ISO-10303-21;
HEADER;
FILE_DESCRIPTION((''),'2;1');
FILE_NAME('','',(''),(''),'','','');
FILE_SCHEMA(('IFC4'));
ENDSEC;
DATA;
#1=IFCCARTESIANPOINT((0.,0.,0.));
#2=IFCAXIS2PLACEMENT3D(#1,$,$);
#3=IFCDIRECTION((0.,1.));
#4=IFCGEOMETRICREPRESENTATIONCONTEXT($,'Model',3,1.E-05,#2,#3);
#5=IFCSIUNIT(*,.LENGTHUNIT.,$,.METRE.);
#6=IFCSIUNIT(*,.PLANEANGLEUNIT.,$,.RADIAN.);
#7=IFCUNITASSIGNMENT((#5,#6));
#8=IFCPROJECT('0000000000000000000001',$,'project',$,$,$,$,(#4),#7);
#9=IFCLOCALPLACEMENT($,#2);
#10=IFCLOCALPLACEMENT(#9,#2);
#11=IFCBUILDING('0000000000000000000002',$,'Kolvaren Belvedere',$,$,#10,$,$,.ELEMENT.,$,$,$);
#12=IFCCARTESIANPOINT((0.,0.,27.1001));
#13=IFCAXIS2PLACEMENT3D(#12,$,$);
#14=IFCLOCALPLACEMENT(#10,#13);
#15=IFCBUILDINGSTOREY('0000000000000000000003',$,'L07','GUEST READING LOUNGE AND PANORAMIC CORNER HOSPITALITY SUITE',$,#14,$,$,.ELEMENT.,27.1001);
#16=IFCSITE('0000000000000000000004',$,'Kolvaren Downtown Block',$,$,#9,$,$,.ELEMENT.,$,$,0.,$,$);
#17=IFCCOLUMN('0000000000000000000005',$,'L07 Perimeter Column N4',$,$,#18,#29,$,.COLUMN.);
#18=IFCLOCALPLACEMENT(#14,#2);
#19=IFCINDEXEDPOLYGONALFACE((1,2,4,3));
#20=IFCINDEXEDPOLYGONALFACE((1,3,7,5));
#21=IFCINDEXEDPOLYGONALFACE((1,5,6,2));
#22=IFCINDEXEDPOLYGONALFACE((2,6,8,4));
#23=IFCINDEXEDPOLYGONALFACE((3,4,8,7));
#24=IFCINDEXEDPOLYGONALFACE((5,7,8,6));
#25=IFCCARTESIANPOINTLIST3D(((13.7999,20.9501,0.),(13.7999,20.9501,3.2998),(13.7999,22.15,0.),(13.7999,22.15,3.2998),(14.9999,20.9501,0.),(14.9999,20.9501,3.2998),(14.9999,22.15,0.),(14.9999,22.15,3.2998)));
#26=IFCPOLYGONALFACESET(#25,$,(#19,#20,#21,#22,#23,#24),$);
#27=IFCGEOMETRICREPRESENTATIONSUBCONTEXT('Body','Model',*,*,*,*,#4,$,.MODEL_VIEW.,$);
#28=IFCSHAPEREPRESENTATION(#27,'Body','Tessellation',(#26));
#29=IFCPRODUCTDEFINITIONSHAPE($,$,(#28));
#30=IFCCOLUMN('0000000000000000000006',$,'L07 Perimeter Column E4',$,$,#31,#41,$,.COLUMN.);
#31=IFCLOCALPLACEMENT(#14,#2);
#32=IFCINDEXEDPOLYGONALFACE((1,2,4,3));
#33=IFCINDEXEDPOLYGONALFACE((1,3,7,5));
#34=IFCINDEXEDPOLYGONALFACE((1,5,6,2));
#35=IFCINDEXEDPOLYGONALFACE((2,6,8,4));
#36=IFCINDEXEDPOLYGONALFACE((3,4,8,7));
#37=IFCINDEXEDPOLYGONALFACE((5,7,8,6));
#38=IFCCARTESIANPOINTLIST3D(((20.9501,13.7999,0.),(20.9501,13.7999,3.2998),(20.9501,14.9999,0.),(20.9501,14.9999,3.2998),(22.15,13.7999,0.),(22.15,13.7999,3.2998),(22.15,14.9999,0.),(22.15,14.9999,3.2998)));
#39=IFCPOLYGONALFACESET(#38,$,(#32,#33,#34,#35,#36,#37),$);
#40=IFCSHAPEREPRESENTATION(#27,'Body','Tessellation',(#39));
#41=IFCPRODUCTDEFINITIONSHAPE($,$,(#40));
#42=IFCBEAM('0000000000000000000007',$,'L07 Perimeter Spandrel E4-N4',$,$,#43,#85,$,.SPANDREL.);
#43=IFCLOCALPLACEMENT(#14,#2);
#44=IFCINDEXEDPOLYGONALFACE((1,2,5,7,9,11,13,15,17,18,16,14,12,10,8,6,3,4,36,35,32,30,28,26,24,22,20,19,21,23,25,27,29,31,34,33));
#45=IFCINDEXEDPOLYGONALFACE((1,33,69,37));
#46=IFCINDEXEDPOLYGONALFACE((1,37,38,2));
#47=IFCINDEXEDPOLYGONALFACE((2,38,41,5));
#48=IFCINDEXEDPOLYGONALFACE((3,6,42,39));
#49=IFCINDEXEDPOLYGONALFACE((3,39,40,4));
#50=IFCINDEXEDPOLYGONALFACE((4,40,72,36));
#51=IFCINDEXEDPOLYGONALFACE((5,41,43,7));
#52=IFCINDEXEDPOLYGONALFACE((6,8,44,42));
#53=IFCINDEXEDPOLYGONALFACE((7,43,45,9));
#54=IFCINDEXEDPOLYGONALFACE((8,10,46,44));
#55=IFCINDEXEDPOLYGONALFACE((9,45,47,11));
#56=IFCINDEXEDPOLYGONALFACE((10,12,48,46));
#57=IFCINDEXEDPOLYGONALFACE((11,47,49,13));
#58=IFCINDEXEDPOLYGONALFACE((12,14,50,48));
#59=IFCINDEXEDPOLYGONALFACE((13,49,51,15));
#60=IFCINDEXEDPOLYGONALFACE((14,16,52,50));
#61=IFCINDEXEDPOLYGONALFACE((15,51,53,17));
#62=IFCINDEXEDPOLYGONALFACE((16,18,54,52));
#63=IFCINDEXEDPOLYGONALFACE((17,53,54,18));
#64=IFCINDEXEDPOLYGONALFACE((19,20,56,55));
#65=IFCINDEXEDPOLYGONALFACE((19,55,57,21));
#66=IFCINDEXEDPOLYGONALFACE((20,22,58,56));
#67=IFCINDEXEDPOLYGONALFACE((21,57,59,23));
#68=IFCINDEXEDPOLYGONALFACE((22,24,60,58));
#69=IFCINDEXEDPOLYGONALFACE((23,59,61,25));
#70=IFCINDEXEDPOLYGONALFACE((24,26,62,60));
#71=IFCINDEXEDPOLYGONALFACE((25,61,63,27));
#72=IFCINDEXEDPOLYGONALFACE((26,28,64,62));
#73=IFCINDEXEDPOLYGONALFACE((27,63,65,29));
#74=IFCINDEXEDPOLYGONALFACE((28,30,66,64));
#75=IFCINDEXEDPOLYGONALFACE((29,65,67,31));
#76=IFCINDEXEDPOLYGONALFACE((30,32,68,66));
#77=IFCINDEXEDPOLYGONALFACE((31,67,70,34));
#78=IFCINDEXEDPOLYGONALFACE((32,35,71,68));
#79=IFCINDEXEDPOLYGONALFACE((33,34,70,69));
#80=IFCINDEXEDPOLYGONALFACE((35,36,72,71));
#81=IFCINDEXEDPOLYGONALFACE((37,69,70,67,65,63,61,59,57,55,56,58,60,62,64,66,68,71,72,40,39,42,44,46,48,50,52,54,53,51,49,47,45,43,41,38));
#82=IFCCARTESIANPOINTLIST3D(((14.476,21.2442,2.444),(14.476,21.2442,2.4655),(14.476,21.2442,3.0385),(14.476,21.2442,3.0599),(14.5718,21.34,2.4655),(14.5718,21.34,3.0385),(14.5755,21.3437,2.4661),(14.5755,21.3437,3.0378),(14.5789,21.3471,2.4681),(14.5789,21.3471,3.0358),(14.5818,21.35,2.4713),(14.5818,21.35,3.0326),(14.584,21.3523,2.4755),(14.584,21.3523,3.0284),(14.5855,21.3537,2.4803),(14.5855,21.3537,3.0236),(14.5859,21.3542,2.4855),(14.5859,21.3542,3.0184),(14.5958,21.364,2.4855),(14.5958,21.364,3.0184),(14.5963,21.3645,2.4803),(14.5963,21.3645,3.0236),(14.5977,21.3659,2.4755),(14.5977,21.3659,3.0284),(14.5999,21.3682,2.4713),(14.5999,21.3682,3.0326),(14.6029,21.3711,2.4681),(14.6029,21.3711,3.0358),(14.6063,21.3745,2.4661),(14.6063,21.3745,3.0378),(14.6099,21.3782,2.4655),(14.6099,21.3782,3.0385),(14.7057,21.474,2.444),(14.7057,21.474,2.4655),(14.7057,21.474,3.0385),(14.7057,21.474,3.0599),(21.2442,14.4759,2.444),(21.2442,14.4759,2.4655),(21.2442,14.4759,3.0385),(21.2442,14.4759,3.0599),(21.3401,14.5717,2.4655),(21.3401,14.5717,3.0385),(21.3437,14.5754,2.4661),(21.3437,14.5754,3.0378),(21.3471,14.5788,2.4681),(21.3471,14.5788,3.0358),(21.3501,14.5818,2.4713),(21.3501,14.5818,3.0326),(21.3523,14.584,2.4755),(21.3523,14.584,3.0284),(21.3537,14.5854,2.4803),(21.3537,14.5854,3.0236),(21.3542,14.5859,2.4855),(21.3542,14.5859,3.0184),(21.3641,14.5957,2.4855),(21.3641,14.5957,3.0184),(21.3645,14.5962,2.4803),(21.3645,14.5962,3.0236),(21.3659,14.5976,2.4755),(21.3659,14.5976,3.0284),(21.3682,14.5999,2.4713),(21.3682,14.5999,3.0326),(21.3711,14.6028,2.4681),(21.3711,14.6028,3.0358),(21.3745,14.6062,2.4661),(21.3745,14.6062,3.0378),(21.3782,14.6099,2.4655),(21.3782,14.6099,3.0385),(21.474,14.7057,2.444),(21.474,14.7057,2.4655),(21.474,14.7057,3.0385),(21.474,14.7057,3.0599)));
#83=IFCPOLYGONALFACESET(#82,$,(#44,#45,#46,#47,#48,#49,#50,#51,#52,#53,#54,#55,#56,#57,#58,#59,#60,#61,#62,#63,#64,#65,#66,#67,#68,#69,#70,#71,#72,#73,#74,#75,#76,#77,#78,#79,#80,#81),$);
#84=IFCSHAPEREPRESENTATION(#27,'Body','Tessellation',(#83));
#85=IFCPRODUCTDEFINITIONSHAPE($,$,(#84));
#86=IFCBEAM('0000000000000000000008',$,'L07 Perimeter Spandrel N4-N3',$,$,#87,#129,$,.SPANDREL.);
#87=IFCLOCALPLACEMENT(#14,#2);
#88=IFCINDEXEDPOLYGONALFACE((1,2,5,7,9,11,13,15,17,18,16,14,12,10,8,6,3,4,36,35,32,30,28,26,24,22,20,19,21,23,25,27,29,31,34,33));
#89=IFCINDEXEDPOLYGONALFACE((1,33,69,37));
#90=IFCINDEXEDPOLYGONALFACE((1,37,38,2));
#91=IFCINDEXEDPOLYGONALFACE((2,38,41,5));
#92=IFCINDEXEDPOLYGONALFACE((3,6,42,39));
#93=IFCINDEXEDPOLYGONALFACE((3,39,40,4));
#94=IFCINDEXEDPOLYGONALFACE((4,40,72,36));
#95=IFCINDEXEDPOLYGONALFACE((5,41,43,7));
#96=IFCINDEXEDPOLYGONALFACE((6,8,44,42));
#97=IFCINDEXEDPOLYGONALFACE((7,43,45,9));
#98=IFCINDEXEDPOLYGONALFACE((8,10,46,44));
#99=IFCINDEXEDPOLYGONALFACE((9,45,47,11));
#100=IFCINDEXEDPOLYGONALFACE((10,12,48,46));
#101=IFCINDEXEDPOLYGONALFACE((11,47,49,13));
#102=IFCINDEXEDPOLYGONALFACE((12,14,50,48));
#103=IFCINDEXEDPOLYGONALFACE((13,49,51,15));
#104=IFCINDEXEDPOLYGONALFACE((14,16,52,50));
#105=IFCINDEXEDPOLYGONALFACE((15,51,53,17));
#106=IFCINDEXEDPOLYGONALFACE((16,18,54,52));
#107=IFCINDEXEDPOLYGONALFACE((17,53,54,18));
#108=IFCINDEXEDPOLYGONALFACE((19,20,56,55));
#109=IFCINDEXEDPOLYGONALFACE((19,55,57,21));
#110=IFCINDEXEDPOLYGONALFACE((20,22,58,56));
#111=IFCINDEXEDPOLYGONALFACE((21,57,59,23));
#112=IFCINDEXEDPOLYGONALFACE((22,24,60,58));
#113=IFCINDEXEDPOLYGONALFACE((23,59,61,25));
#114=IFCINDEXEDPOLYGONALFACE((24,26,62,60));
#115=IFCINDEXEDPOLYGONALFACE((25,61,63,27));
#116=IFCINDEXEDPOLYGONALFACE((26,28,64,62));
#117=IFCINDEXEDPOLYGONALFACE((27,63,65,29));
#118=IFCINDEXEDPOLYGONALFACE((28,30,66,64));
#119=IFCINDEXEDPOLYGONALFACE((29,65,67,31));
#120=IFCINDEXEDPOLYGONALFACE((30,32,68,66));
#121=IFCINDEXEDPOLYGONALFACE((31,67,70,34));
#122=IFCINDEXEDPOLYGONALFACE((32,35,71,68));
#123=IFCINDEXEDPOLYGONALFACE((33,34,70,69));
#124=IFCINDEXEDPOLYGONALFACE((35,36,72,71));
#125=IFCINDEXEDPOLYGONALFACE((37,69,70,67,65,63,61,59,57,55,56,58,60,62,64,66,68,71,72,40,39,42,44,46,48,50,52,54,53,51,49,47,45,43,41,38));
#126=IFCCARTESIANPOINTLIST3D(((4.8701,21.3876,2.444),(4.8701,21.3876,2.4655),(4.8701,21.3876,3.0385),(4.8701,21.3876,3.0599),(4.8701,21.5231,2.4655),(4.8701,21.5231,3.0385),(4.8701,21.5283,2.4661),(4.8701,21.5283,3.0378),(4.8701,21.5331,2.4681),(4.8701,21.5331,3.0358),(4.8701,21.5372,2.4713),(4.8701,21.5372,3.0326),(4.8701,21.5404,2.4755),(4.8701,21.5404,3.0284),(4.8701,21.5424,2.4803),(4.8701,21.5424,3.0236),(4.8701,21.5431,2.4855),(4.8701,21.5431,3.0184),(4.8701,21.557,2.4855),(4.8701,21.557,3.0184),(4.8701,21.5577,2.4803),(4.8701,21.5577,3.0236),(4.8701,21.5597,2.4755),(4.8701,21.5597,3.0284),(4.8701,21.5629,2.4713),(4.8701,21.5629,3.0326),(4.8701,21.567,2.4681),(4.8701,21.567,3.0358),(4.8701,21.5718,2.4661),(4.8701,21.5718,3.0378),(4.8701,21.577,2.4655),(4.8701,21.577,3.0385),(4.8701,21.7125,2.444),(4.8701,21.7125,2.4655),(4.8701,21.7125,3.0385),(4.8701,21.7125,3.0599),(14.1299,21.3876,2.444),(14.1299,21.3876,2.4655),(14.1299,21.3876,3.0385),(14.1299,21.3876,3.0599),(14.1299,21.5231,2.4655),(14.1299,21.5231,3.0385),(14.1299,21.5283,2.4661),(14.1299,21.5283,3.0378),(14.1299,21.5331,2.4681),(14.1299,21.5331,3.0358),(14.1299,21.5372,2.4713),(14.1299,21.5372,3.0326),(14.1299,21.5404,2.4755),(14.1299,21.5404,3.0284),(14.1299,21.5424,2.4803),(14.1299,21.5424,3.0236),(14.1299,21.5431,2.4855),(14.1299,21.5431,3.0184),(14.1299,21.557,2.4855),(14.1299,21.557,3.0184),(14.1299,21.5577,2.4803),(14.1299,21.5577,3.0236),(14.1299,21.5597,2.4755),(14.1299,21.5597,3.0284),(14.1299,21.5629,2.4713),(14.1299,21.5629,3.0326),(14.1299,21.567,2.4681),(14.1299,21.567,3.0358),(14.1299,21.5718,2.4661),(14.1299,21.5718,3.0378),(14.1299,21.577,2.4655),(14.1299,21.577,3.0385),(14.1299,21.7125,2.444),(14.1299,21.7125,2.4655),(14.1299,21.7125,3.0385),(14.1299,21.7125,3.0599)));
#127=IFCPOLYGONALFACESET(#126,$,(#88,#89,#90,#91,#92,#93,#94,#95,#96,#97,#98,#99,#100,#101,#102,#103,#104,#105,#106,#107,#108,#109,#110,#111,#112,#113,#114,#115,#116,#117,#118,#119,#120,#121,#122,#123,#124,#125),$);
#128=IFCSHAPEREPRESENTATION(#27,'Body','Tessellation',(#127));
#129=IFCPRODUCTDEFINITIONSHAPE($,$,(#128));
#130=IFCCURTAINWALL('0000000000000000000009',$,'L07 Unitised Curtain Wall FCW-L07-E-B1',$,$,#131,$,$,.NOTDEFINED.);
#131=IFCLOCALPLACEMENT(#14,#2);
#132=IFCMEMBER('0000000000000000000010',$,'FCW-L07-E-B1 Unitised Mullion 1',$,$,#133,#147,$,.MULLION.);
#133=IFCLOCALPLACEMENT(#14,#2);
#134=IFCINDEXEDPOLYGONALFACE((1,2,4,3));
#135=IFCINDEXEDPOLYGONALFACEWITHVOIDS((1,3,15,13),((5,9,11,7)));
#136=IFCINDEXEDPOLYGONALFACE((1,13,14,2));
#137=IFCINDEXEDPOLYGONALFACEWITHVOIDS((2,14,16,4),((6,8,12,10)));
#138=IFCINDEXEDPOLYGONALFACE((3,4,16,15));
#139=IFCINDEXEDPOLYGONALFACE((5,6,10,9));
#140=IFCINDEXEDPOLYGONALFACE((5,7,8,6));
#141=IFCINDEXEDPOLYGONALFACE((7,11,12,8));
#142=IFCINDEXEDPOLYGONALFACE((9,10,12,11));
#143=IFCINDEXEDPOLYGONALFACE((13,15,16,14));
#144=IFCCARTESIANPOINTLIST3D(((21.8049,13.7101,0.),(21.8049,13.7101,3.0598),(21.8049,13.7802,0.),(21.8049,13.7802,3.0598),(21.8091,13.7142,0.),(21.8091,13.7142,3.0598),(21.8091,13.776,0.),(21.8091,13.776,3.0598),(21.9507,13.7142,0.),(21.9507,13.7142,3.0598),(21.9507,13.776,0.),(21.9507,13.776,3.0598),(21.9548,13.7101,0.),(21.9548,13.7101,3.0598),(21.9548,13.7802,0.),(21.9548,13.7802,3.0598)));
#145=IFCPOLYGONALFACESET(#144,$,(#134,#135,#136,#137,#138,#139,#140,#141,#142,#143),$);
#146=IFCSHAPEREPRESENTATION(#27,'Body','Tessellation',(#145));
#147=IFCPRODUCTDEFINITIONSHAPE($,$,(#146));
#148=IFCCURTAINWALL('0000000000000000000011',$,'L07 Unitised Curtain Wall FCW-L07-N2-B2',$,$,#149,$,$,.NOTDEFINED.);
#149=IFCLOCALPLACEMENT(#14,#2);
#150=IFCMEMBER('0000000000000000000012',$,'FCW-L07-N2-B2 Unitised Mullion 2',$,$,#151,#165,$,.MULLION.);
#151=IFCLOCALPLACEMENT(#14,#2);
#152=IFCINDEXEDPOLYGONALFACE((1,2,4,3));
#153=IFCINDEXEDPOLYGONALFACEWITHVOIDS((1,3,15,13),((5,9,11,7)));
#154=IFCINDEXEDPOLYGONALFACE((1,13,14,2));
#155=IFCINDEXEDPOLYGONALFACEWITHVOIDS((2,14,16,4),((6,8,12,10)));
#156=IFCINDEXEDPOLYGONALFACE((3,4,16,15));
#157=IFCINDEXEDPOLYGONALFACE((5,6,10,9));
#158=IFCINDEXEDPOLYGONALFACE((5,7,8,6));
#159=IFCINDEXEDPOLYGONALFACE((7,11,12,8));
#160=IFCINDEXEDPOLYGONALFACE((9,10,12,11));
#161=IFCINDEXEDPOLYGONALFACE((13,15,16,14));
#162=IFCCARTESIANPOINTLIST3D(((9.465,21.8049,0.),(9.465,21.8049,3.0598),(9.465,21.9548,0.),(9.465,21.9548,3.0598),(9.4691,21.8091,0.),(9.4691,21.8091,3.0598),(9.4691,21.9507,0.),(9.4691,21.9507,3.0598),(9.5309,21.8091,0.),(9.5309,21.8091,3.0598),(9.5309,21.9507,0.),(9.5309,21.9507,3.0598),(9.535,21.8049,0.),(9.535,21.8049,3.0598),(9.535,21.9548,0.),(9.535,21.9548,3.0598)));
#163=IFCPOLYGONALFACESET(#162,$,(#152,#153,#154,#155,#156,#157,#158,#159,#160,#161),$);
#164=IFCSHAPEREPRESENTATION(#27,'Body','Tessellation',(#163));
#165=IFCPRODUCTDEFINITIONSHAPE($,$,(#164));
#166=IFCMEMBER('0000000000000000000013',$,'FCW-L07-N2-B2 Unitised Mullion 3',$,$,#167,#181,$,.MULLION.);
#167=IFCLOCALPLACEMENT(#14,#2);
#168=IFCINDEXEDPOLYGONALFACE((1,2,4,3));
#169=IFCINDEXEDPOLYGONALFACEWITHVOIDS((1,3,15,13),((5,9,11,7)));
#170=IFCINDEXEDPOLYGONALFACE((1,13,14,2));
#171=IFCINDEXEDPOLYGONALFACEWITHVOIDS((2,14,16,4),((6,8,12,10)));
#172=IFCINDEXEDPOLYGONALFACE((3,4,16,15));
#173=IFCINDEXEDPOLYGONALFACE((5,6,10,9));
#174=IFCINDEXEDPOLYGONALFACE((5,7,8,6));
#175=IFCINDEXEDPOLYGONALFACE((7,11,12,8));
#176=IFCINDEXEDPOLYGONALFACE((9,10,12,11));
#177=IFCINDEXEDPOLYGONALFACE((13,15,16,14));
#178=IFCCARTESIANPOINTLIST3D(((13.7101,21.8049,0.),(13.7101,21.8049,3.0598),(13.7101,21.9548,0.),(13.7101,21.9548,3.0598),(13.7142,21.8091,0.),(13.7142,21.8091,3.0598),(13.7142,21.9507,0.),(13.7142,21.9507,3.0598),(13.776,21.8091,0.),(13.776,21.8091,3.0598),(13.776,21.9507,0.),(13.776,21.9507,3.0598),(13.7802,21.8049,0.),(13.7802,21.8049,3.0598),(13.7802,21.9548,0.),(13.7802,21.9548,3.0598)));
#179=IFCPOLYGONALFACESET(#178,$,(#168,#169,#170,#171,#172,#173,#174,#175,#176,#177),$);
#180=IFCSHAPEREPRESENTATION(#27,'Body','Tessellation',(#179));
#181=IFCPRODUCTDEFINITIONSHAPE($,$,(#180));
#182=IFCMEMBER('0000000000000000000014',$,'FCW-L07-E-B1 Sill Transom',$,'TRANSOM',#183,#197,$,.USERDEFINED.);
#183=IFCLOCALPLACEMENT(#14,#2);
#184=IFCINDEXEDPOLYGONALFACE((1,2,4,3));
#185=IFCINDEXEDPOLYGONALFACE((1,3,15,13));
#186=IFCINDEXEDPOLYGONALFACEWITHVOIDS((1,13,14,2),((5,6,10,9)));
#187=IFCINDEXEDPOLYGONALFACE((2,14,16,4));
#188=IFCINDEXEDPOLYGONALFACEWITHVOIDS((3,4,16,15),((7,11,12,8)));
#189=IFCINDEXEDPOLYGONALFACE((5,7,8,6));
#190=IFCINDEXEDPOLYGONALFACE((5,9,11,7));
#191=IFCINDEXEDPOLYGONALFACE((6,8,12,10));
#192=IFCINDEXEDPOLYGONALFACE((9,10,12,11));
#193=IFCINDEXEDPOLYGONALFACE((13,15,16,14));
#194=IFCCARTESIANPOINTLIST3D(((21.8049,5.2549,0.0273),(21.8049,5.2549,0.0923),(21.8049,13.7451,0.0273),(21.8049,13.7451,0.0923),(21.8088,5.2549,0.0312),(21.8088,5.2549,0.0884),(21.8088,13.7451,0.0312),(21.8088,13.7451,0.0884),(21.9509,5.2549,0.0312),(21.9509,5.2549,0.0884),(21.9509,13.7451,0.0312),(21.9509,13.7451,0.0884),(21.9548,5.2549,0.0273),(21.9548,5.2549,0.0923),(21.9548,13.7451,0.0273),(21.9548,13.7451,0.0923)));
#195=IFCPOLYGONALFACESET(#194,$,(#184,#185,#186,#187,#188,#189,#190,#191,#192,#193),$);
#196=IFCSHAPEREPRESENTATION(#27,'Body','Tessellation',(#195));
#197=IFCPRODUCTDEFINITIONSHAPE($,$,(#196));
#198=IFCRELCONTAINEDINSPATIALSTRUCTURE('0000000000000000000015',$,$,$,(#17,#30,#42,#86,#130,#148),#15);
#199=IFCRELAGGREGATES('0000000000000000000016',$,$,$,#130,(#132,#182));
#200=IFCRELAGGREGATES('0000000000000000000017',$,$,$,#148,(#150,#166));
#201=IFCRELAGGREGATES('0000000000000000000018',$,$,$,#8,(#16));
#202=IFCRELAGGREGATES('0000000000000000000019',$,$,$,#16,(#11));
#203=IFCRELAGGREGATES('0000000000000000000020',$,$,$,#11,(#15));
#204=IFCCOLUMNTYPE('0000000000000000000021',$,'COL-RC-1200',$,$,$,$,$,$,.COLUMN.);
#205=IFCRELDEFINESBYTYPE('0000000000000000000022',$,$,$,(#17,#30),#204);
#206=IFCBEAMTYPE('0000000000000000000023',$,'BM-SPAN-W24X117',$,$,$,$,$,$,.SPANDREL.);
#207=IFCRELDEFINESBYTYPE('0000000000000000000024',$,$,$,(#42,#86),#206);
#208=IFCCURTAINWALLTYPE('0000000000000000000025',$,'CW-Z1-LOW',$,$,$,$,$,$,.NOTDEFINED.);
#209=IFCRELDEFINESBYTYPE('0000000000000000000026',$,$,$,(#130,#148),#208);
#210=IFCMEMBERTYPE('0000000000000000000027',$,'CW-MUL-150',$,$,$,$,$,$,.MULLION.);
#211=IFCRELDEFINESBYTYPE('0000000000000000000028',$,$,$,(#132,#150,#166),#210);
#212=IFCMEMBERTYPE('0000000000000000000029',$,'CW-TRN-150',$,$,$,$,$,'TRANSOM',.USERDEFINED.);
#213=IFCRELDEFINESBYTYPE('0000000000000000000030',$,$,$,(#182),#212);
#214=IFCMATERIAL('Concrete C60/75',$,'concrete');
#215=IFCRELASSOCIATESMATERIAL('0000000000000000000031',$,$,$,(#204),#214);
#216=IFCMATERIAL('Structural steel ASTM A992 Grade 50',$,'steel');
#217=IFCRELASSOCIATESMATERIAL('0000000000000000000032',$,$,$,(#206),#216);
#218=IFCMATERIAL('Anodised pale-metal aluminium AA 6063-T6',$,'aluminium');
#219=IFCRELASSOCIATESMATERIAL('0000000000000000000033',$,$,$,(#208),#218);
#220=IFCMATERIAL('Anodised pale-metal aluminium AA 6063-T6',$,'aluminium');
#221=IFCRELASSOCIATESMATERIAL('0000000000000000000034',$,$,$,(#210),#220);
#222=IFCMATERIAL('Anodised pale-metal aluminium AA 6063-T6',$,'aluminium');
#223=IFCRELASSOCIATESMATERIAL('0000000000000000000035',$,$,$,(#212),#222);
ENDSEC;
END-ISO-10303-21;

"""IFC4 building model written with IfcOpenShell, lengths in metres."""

from ifc_helpers import new_model, si_unit, direction, frame, origin, origin_2d, place, context, subcontext, project, spatial, rectangle, hollow_rectangle, i_section, extrude, material, material_profile, profile_set, type_object, element, aggregate, save


model = new_model("IFC4")

# Units and contexts
model_context = context("Model", 3, precision=1e-05, world=origin(), true_north=direction((0.0, 1.0)))
body_context = subcontext(model_context, "Body", "Model", "MODEL_VIEW")
ifc_project = project(units=[si_unit("LENGTHUNIT", "METRE"), si_unit("PLANEANGLEUNIT", "RADIAN")], contexts=[model_context])

# Site, building, storey
site_placement = place(None, origin())
site = spatial("IfcSite", under=ifc_project, at=site_placement, Name="Kolvaren Downtown Block", CompositionType="ELEMENT", RefElevation=0.0)
building_placement = place(site_placement, origin())
building = spatial("IfcBuilding", under=site, at=building_placement, Name="Kolvaren Belvedere", CompositionType="ELEMENT")
storey_placement = place(building_placement, frame((0.0, 0.0, 27.1001)))
storey = spatial("IfcBuildingStorey", under=building, at=storey_placement, Name="L07", Description="GUEST READING LOUNGE AND PANORAMIC CORNER HOSPITALITY SUITE", CompositionType="ELEMENT", Elevation=27.1001)

# Columns
ifc_material_1 = material(Name="Concrete C60/75", Category="concrete")
ifc_material_profile_1 = material_profile(ifc_material_1, rectangle(XDim=1.2, YDim=1.2, at=origin_2d()), Name="RC 1200X1200")
ifc_profile_set_1 = profile_set([ifc_material_profile_1], Name="Concrete C60/75")
column_type = type_object("IfcColumnType", Name="COL-RC-1200", PredefinedType="COLUMN", material=ifc_profile_set_1)
for number, where, z_axis, x_axis, name in (
    (1, (14.3999, 21.55, 0.0), (0.0, 0.0, 1.0), (1.0, 0.0, 0.0), "L07 Perimeter Column N4"),
    (2, (21.55, 14.3999, 0.0), (0.0, 0.0, 1.0), (1.0, 0.0, 0.0), "L07 Perimeter Column E4"),
):
    element("IfcColumn", number, at=place(storey_placement, frame(where, z_axis=z_axis, x_axis=x_axis)), inside=storey, type_object=column_type, Name=name, PredefinedType="COLUMN", context=body_context, shape_type="SweptSolid", body=[
        extrude(rectangle(XDim=1.2, YDim=1.2, at=origin_2d()), origin(), (0.0, 0.0, 1.0), 3.2998),
    ])

# Beams
ifc_material_2 = material(Name="Structural steel ASTM A992 Grade 50", Category="steel")
ifc_material_profile_2 = material_profile(ifc_material_2, i_section(OverallWidth=0.325, OverallDepth=0.616, WebThickness=0.0139, FlangeThickness=0.0215, FilletRadius=0.02, at=origin_2d()), Name="W24X117")
ifc_profile_set_2 = profile_set([ifc_material_profile_2], Name="Structural steel ASTM A992 Grade 50")
beam_type = type_object("IfcBeamType", Name="BM-SPAN-W24X117", PredefinedType="SPANDREL", material=ifc_profile_set_2)
beam_1_placement = place(storey_placement, frame((21.3591, 14.5908, 2.752), z_axis=(-0.707107, 0.707107, 0.0), x_axis=(-0.707107, -0.707107, 0.0)))
element("IfcBeam", 3, at=beam_1_placement, inside=storey, type_object=beam_type, Name="L07 Perimeter Spandrel E4-N4", PredefinedType="SPANDREL", context=body_context, shape_type="SweptSolid", body=[
    extrude(i_section(OverallWidth=0.325, OverallDepth=0.616, WebThickness=0.0139, FlangeThickness=0.0215, FilletRadius=0.02, at=origin_2d()), origin(), (0.0, 0.0, 1.0), 9.5718),
])
beam_2_placement = place(storey_placement, frame((14.1299, 21.55, 2.752), z_axis=(-1.0, 0.0, 0.0), x_axis=(0.0, -1.0, 0.0)))
element("IfcBeam", 4, at=beam_2_placement, inside=storey, type_object=beam_type, Name="L07 Perimeter Spandrel N4-N3", PredefinedType="SPANDREL", context=body_context, shape_type="SweptSolid", body=[
    extrude(i_section(OverallWidth=0.325, OverallDepth=0.616, WebThickness=0.0139, FlangeThickness=0.0215, FilletRadius=0.02, at=origin_2d()), origin(), (0.0, 0.0, 1.0), 9.2598),
])

# Curtain wall, member
ifc_material_3 = material(Name="Anodised pale-metal aluminium AA 6063-T6", Category="aluminium")
curtain_wall_type = type_object("IfcCurtainWallType", Name="CW-Z1-LOW", PredefinedType="NOTDEFINED", material=ifc_material_3)
curtain_wall_1_placement = place(storey_placement, origin())
curtain_wall_1 = element("IfcCurtainWall", 5, at=curtain_wall_1_placement, inside=storey, type_object=curtain_wall_type, Name="L07 Unitised Curtain Wall FCW-L07-E-B1", PredefinedType="NOTDEFINED")
ifc_material_4 = material(Name="Anodised pale-metal aluminium AA 6063-T6", Category="aluminium")
ifc_material_profile_3 = material_profile(ifc_material_4, hollow_rectangle(XDim=0.0701, YDim=0.1499, WallThickness=0.0042, at=origin_2d()), Name="ALU-MUL-150X70")
ifc_profile_set_3 = profile_set([ifc_material_profile_3], Name="Anodised pale-metal aluminium AA 6063-T6")
member_type_1 = type_object("IfcMemberType", Name="CW-MUL-150", PredefinedType="MULLION", material=ifc_profile_set_3)
member_1_placement = place(storey_placement, frame((21.8799, 13.7451, 0.0), z_axis=(0.0, 0.0, 1.0), x_axis=(0.0, 1.0, 0.0)))
member_1 = element("IfcMember", 6, at=member_1_placement, type_object=member_type_1, Name="FCW-L07-E-B1 Unitised Mullion 1", PredefinedType="MULLION", context=body_context, shape_type="SweptSolid", body=[
    extrude(hollow_rectangle(XDim=0.0701, YDim=0.1499, WallThickness=0.0042, at=origin_2d()), origin(), (0.0, 0.0, 1.0), 3.0598),
])

# Curtain wall, members
curtain_wall_2_placement = place(storey_placement, origin())
curtain_wall_2 = element("IfcCurtainWall", 7, at=curtain_wall_2_placement, inside=storey, type_object=curtain_wall_type, Name="L07 Unitised Curtain Wall FCW-L07-N2-B2", PredefinedType="NOTDEFINED")
member_2_placement = place(storey_placement, frame((9.5, 21.8799, 0.0), z_axis=(0.0, 0.0, 1.0), x_axis=(1.0, 0.0, 0.0)))
member_2 = element("IfcMember", 8, at=member_2_placement, type_object=member_type_1, Name="FCW-L07-N2-B2 Unitised Mullion 2", PredefinedType="MULLION", context=body_context, shape_type="SweptSolid", body=[
    extrude(hollow_rectangle(XDim=0.0701, YDim=0.1499, WallThickness=0.0042, at=origin_2d()), origin(), (0.0, 0.0, 1.0), 3.0598),
])
member_3_placement = place(storey_placement, frame((13.7451, 21.8799, 0.0), z_axis=(0.0, 0.0, 1.0), x_axis=(1.0, 0.0, 0.0)))
member_3 = element("IfcMember", 9, at=member_3_placement, type_object=member_type_1, Name="FCW-L07-N2-B2 Unitised Mullion 3", PredefinedType="MULLION", context=body_context, shape_type="SweptSolid", body=[
    extrude(hollow_rectangle(XDim=0.0701, YDim=0.1499, WallThickness=0.0042, at=origin_2d()), origin(), (0.0, 0.0, 1.0), 3.0598),
])

# Member
ifc_material_5 = material(Name="Anodised pale-metal aluminium AA 6063-T6", Category="aluminium")
ifc_material_profile_4 = material_profile(ifc_material_5, hollow_rectangle(XDim=0.0649, YDim=0.1499, WallThickness=0.0039, at=origin_2d()), Name="ALU-TRN-150X65")
ifc_profile_set_4 = profile_set([ifc_material_profile_4], Name="Anodised pale-metal aluminium AA 6063-T6")
member_type_2 = type_object("IfcMemberType", Name="CW-TRN-150", ElementType="TRANSOM", PredefinedType="USERDEFINED", material=ifc_profile_set_4)
member_4_placement = place(storey_placement, frame((21.8799, 13.7451, 0.0598), z_axis=(0.0, -1.0, 0.0), x_axis=(0.0, 0.0, 1.0)))
member_4 = element("IfcMember", 10, at=member_4_placement, type_object=member_type_2, Name="FCW-L07-E-B1 Sill Transom", ObjectType="TRANSOM", PredefinedType="USERDEFINED", context=body_context, shape_type="SweptSolid", body=[
    extrude(hollow_rectangle(XDim=0.0649, YDim=0.1499, WallThickness=0.0039, at=origin_2d()), origin(), (0.0, 0.0, 1.0), 8.4902),
])

aggregate(curtain_wall_1, [member_1, member_4])
aggregate(curtain_wall_2, [member_2, member_3])

save(model, "model.ifc")
